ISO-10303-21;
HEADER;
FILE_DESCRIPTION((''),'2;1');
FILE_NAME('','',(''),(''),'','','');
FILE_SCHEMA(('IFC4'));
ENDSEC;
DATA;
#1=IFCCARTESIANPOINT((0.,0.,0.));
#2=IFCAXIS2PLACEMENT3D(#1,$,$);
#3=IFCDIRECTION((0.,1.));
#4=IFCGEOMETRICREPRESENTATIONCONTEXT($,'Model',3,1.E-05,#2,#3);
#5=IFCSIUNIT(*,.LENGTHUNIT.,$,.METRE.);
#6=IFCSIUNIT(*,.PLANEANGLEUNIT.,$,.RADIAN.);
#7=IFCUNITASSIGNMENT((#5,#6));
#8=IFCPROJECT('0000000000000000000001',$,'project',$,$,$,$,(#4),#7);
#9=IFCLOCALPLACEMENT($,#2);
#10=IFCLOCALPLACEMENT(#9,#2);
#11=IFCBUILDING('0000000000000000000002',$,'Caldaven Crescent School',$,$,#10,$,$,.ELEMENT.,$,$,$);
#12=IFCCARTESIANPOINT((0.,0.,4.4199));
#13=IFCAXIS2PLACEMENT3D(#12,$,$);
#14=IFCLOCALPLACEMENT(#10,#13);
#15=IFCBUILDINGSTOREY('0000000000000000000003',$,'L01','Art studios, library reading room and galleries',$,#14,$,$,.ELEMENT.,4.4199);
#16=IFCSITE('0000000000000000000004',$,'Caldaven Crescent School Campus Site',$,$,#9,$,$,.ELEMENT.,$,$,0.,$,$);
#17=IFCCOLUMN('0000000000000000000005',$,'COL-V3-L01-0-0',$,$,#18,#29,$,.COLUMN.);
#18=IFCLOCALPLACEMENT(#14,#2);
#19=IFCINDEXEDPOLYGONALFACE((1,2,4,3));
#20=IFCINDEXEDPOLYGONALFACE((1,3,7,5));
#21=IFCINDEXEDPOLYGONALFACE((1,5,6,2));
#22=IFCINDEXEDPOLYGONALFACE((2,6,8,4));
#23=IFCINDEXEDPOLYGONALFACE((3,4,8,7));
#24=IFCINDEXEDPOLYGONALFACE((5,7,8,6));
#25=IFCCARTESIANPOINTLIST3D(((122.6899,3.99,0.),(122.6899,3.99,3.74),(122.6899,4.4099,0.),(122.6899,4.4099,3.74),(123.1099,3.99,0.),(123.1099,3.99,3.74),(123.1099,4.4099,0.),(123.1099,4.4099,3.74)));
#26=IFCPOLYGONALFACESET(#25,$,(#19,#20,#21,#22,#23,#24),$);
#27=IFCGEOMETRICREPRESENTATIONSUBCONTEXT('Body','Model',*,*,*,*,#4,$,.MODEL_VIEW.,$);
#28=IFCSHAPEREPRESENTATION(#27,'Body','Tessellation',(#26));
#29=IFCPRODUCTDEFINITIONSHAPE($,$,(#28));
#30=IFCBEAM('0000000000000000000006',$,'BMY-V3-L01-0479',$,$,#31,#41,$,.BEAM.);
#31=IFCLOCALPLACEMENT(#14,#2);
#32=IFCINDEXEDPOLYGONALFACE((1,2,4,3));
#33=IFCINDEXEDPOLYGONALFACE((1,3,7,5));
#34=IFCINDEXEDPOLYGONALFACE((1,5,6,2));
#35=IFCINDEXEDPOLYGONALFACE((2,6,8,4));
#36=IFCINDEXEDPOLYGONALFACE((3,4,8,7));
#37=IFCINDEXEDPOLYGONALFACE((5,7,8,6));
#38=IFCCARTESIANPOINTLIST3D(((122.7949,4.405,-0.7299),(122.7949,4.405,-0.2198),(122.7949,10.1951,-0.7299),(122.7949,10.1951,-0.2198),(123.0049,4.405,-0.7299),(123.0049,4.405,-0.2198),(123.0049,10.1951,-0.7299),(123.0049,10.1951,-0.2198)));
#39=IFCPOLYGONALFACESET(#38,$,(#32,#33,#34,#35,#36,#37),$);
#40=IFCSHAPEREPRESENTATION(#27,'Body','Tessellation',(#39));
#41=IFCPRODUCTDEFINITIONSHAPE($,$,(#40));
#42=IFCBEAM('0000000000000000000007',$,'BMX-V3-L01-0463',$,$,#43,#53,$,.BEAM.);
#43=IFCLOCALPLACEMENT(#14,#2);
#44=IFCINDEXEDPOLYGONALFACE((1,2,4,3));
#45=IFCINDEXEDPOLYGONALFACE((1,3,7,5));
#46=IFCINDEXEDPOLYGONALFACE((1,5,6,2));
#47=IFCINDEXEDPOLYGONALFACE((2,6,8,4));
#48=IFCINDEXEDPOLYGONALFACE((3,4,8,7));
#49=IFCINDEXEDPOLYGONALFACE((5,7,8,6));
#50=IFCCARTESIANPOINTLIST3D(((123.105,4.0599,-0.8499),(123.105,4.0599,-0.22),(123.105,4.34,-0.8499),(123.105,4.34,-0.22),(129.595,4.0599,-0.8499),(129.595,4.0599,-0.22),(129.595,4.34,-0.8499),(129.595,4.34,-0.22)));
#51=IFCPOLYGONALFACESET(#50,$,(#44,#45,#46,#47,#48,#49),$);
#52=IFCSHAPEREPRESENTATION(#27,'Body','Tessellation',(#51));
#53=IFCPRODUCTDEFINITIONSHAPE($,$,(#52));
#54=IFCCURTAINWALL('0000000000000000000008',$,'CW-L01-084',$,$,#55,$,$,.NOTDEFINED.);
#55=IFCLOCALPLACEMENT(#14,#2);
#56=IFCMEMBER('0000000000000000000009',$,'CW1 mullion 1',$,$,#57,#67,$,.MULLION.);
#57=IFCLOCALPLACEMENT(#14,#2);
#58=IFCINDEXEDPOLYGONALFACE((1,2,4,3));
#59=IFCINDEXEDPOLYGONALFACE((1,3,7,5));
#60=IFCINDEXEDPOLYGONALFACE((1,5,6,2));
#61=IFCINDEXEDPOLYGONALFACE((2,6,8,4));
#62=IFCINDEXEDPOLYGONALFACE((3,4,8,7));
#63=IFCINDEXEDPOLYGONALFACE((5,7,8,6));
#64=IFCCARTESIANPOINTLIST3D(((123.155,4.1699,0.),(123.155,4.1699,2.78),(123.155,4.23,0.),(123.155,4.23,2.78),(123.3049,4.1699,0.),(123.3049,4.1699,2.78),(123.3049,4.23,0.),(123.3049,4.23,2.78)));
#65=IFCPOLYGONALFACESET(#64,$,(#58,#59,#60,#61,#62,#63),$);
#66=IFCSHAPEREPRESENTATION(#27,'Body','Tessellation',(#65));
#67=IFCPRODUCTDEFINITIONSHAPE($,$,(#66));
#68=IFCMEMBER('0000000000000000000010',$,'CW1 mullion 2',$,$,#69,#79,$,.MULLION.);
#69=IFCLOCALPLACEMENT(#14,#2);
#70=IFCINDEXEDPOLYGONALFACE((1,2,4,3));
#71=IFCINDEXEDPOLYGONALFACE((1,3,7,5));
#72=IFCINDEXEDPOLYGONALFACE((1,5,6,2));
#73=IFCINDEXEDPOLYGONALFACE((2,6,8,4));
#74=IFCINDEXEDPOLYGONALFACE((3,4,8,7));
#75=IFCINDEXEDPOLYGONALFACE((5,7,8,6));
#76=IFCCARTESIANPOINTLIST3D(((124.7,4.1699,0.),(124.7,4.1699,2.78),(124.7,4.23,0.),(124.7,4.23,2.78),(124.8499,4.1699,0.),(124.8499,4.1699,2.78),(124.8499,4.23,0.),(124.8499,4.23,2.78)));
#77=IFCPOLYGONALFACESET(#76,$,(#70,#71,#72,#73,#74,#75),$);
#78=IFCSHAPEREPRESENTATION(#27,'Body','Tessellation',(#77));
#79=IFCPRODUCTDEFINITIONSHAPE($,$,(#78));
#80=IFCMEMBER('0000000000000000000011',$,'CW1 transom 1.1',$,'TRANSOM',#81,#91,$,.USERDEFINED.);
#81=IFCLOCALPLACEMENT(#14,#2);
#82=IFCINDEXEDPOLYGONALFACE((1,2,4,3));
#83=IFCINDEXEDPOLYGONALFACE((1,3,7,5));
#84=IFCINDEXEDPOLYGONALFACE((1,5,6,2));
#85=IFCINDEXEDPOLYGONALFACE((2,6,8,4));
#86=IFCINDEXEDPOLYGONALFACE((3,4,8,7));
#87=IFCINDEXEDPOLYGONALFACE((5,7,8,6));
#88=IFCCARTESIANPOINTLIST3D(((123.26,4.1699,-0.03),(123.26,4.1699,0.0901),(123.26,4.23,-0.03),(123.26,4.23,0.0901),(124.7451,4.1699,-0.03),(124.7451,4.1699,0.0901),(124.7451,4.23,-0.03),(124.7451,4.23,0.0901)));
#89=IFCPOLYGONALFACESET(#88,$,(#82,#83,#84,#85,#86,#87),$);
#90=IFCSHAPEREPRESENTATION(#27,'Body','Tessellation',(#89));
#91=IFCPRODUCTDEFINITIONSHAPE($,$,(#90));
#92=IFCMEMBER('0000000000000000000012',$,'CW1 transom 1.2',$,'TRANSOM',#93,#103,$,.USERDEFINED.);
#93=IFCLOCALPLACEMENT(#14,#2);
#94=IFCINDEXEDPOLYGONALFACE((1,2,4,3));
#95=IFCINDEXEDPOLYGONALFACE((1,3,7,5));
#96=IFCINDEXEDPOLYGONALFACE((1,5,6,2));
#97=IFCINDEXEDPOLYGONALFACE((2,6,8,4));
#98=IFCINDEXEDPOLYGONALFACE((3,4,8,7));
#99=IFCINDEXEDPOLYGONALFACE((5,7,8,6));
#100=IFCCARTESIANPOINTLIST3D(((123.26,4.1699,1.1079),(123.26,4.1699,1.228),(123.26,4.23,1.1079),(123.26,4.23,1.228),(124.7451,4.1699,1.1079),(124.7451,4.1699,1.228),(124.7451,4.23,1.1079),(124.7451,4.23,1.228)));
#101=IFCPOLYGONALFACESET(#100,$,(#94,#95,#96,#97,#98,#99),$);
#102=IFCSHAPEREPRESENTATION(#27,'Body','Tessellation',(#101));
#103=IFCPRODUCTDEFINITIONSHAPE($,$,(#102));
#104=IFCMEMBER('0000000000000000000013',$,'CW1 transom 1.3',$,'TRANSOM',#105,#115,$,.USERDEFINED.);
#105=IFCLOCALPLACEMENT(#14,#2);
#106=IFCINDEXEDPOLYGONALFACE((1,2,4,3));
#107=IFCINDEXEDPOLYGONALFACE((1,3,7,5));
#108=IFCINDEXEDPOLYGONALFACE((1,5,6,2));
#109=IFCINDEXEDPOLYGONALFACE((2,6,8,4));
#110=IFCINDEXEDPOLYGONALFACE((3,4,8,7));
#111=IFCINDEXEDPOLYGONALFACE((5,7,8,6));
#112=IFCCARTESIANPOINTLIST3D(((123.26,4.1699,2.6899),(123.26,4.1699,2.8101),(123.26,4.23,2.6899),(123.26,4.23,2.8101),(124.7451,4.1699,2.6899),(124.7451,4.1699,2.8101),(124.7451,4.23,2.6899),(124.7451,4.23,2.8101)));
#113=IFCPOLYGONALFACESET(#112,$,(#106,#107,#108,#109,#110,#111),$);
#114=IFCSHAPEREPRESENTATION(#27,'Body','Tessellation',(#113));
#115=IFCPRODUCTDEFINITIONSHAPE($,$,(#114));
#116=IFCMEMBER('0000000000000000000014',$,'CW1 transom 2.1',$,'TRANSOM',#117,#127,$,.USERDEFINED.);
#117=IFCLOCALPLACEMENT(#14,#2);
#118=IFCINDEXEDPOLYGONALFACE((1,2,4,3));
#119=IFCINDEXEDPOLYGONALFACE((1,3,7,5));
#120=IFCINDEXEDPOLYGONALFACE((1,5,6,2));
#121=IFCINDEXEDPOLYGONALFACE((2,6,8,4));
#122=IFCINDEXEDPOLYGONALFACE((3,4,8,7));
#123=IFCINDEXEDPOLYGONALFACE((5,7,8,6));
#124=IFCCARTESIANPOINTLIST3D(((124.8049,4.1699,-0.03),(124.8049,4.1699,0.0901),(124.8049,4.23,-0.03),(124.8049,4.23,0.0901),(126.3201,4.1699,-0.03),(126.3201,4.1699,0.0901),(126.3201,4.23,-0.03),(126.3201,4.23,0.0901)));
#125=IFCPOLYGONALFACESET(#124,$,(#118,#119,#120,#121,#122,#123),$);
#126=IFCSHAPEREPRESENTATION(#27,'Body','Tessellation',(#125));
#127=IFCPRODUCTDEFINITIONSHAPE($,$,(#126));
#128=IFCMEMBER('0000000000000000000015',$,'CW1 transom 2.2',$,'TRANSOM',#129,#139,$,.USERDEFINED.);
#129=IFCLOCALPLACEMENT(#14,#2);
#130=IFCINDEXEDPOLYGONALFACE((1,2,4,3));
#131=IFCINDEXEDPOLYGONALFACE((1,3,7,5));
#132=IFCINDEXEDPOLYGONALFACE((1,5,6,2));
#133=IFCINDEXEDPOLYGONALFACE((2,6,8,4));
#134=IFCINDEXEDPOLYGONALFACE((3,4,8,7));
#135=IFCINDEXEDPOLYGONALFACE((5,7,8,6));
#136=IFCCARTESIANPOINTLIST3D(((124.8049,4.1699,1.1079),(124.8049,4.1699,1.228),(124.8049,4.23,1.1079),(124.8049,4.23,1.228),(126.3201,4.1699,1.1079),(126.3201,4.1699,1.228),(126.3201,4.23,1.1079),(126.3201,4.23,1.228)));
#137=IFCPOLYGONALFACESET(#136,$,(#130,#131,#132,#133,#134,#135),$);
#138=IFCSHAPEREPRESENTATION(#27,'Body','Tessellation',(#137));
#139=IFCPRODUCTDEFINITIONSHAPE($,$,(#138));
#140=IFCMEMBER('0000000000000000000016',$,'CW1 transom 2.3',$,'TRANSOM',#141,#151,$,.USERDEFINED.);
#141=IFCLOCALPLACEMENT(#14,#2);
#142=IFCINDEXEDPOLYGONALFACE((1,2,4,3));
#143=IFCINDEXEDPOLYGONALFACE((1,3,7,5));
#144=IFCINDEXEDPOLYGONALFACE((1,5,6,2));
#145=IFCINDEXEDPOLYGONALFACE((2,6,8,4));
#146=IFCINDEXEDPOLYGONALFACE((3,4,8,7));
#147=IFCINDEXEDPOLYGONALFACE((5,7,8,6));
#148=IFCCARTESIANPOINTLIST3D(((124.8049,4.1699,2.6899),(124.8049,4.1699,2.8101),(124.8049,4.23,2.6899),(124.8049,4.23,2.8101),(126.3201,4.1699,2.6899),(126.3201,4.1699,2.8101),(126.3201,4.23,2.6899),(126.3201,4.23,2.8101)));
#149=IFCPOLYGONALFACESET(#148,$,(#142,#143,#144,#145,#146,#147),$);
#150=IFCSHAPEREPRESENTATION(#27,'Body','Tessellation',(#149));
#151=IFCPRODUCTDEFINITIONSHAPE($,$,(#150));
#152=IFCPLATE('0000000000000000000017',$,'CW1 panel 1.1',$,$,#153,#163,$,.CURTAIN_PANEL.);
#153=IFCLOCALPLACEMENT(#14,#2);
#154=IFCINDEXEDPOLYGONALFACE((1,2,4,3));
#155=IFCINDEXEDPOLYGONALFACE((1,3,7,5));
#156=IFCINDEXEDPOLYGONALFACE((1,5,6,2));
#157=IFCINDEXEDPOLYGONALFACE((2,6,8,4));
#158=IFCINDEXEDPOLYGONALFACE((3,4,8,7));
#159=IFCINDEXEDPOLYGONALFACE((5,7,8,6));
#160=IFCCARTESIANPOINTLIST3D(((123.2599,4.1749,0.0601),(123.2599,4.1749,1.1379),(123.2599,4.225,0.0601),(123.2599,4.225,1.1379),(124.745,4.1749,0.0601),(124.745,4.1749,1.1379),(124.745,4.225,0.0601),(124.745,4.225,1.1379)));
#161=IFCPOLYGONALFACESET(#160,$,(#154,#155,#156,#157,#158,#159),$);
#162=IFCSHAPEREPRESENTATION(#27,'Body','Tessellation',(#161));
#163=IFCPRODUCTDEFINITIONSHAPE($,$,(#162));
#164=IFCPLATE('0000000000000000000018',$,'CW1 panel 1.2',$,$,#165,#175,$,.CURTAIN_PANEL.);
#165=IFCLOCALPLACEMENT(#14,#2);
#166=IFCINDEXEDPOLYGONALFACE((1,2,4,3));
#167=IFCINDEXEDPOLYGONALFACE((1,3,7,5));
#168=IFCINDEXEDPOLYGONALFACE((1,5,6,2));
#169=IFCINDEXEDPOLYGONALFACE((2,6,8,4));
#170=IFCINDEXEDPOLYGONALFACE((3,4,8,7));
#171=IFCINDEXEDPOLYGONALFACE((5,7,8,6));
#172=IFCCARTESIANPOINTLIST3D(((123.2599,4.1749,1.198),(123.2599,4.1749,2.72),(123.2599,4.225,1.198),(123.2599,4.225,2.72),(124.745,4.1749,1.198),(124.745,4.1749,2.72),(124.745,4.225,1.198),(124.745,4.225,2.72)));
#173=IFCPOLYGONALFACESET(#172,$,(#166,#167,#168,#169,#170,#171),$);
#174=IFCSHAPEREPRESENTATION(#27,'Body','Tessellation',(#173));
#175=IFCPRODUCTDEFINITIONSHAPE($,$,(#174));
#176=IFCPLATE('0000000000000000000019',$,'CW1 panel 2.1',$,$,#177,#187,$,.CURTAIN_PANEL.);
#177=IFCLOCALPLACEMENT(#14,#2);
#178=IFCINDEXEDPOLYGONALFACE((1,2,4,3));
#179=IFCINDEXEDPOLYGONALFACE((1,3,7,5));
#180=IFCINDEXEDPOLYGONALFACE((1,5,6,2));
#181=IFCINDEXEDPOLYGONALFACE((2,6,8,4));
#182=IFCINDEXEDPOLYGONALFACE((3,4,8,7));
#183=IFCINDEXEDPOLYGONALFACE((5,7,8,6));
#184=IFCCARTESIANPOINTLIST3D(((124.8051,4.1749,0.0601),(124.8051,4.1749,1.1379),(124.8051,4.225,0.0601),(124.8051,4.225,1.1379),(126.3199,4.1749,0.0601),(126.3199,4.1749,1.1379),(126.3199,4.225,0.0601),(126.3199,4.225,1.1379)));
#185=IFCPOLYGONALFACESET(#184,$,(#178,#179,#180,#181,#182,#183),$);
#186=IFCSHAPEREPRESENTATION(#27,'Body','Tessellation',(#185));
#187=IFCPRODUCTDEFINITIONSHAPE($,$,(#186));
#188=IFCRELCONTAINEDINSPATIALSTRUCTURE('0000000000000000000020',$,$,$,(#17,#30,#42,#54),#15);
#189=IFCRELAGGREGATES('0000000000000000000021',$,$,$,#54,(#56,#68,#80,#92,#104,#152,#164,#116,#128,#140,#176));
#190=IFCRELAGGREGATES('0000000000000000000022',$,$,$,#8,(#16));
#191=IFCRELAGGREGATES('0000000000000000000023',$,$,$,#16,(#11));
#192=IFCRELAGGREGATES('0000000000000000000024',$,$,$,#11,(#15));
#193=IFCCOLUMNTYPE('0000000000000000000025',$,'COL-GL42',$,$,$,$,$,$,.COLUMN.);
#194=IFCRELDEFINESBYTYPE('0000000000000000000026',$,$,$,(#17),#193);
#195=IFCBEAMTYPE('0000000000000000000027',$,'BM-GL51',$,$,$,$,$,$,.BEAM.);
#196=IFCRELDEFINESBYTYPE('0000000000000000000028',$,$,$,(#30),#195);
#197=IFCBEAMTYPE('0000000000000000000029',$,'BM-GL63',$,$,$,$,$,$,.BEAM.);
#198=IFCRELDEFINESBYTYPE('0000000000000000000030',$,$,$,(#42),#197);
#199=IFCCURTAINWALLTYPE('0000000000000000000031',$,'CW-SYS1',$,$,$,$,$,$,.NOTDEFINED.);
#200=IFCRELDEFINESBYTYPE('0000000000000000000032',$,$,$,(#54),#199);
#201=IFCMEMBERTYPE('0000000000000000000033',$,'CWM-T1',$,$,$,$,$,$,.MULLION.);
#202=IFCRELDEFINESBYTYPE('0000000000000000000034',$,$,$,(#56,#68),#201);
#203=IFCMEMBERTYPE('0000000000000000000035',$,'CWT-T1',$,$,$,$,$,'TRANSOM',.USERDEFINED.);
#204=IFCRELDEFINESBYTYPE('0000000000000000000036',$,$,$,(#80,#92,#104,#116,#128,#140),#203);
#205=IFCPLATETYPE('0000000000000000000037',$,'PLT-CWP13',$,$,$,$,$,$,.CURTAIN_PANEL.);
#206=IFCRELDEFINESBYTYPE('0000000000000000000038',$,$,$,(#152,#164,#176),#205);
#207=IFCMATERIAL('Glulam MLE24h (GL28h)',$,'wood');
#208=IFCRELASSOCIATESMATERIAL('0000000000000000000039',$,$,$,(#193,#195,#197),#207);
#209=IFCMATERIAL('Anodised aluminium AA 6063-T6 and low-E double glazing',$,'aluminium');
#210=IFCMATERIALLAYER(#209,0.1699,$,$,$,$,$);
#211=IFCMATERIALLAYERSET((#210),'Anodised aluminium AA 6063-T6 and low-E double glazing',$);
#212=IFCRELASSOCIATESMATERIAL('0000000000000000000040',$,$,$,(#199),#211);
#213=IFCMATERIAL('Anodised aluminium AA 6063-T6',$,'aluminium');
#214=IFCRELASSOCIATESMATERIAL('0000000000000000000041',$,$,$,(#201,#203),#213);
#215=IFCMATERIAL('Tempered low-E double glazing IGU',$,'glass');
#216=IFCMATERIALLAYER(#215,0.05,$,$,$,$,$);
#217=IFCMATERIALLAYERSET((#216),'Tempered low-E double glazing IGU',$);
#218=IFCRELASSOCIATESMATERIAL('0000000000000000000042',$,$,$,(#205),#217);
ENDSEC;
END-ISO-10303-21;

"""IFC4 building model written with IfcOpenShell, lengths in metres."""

from ifc_helpers import new_model, si_unit, direction, frame, origin, origin_2d, place, context, subcontext, project, spatial, rectangle, extrude, material, layer, layer_set, material_profile, profile_set, type_object, element, aggregate, save


model = new_model("IFC4")

# Units and contexts
model_context = context("Model", 3, precision=1e-05, world=origin(), true_north=direction((0.0, 1.0)))
body_context = subcontext(model_context, "Body", "Model", "MODEL_VIEW")
ifc_project = project(units=[si_unit("LENGTHUNIT", "METRE"), si_unit("PLANEANGLEUNIT", "RADIAN")], contexts=[model_context])

# Site, building, storey
site_placement = place(None, origin())
site = spatial("IfcSite", under=ifc_project, at=site_placement, Name="Caldaven Crescent School Campus Site", CompositionType="ELEMENT", RefElevation=0.0)
building_placement = place(site_placement, origin())
building = spatial("IfcBuilding", under=site, at=building_placement, Name="Caldaven Crescent School", CompositionType="ELEMENT")
storey_placement = place(building_placement, frame((0.0, 0.0, 4.4199)))
storey = spatial("IfcBuildingStorey", under=building, at=storey_placement, Name="L01", Description="Art studios, library reading room and galleries", CompositionType="ELEMENT", Elevation=4.4199)

# Column
ifc_material_1 = material(Name="Glulam MLE24h (GL28h)", Category="wood")
ifc_material_profile_1 = material_profile(ifc_material_1, rectangle(XDim=0.4199, YDim=0.4199, at=origin_2d()), Name="MLE 420x420")
ifc_profile_set_1 = profile_set([ifc_material_profile_1], Name="Glulam MLE24h (GL28h)")
column_type = type_object("IfcColumnType", Name="COL-GL42", PredefinedType="COLUMN", material=ifc_profile_set_1)
column_placement = place(storey_placement, frame((122.8999, 4.2, 0.0), z_axis=(0.0, 0.0, 1.0), x_axis=(1.0, 0.0, 0.0)))
element("IfcColumn", 1, at=column_placement, inside=storey, type_object=column_type, Name="COL-V3-L01-0-0", PredefinedType="COLUMN", context=body_context, shape_type="SweptSolid", body=[
    extrude(rectangle(XDim=0.4199, YDim=0.4199, at=origin_2d()), origin(), (0.0, 0.0, 1.0), 3.74),
])

# Beams
ifc_material_profile_2 = material_profile(ifc_material_1, rectangle(XDim=0.21, YDim=0.51, at=origin_2d()), Name="MLE 210x510")
ifc_profile_set_2 = profile_set([ifc_material_profile_2], Name="Glulam MLE24h (GL28h)")
beam_type_1 = type_object("IfcBeamType", Name="BM-GL51", PredefinedType="BEAM", material=ifc_profile_set_2)
beam_1_placement = place(storey_placement, frame((122.8999, 4.405, -0.4749), z_axis=(0.0, 1.0, 0.0), x_axis=(-1.0, 0.0, 0.0)))
element("IfcBeam", 2, at=beam_1_placement, inside=storey, type_object=beam_type_1, Name="BMY-V3-L01-0479", PredefinedType="BEAM", context=body_context, shape_type="SweptSolid", body=[
    extrude(rectangle(XDim=0.21, YDim=0.51, at=origin_2d()), origin(), (0.0, 0.0, 1.0), 5.79),
])
ifc_material_profile_3 = material_profile(ifc_material_1, rectangle(XDim=0.28, YDim=0.6299, at=origin_2d()), Name="MLE 280x630")
ifc_profile_set_3 = profile_set([ifc_material_profile_3], Name="Glulam MLE24h (GL28h)")
beam_type_2 = type_object("IfcBeamType", Name="BM-GL63", PredefinedType="BEAM", material=ifc_profile_set_3)
beam_2_placement = place(storey_placement, frame((123.105, 4.2, -0.5349), z_axis=(1.0, 0.0, 0.0), x_axis=(0.0, 1.0, 0.0)))
element("IfcBeam", 3, at=beam_2_placement, inside=storey, type_object=beam_type_2, Name="BMX-V3-L01-0463", PredefinedType="BEAM", context=body_context, shape_type="SweptSolid", body=[
    extrude(rectangle(XDim=0.28, YDim=0.6299, at=origin_2d()), origin(), (0.0, 0.0, 1.0), 6.49),
])

# Curtain wall, members, plates
ifc_material_2 = material(Name="Anodised aluminium AA 6063-T6 and low-E double glazing", Category="aluminium")
ifc_layer_1 = layer(ifc_material_2, 0.1699)
ifc_layer_set_1 = layer_set([ifc_layer_1], Name="Anodised aluminium AA 6063-T6 and low-E double glazing")
curtain_wall_type = type_object("IfcCurtainWallType", Name="CW-SYS1", PredefinedType="NOTDEFINED", material=ifc_layer_set_1)
curtain_wall_placement = place(storey_placement, origin())
curtain_wall = element("IfcCurtainWall", 4, at=curtain_wall_placement, inside=storey, type_object=curtain_wall_type, Name="CW-L01-084", PredefinedType="NOTDEFINED")
ifc_material_3 = material(Name="Anodised aluminium AA 6063-T6", Category="aluminium")
ifc_material_profile_4 = material_profile(ifc_material_3, rectangle(XDim=0.0601, YDim=0.1499, at=origin_2d()), Name="CWM 60x150")
ifc_profile_set_4 = profile_set([ifc_material_profile_4], Name="Anodised aluminium AA 6063-T6")
member_type_1 = type_object("IfcMemberType", Name="CWM-T1", PredefinedType="MULLION", material=ifc_profile_set_4)
member_1_placement = place(storey_placement, frame((123.23, 4.2, 0.0), z_axis=(0.0, 0.0, 1.0), x_axis=(0.0, 1.0, 0.0)))
member_1 = element("IfcMember", 5, at=member_1_placement, type_object=member_type_1, Name="CW1 mullion 1", PredefinedType="MULLION", context=body_context, shape_type="SweptSolid", body=[
    extrude(rectangle(XDim=0.0601, YDim=0.1499, at=origin_2d()), origin(), (0.0, 0.0, 1.0), 2.78),
])
member_2_placement = place(storey_placement, frame((124.7749, 4.2, 0.0), z_axis=(0.0, 0.0, 1.0), x_axis=(0.0, 1.0, 0.0)))
member_2 = element("IfcMember", 6, at=member_2_placement, type_object=member_type_1, Name="CW1 mullion 2", PredefinedType="MULLION", context=body_context, shape_type="SweptSolid", body=[
    extrude(rectangle(XDim=0.0601, YDim=0.1499, at=origin_2d()), origin(), (0.0, 0.0, 1.0), 2.78),
])
ifc_material_profile_5 = material_profile(ifc_material_3, rectangle(XDim=0.0601, YDim=0.1201, at=origin_2d()), Name="CWT 60x120")
ifc_profile_set_5 = profile_set([ifc_material_profile_5], Name="Anodised aluminium AA 6063-T6")
member_type_2 = type_object("IfcMemberType", Name="CWT-T1", ElementType="TRANSOM", PredefinedType="USERDEFINED", material=ifc_profile_set_5)
member_3_placement = place(storey_placement, frame((123.26, 4.2, 0.03), z_axis=(1.0, 0.0, 0.0), x_axis=(0.0, 1.0, 0.0)))
member_3 = element("IfcMember", 7, at=member_3_placement, type_object=member_type_2, Name="CW1 transom 1.1", ObjectType="TRANSOM", PredefinedType="USERDEFINED", context=body_context, shape_type="SweptSolid", body=[
    extrude(rectangle(XDim=0.0601, YDim=0.1201, at=origin_2d()), origin(), (0.0, 0.0, 1.0), 1.4851),
])
member_4_placement = place(storey_placement, frame((123.26, 4.2, 1.168), z_axis=(1.0, 0.0, 0.0), x_axis=(0.0, 1.0, 0.0)))
member_4 = element("IfcMember", 8, at=member_4_placement, type_object=member_type_2, Name="CW1 transom 1.2", ObjectType="TRANSOM", PredefinedType="USERDEFINED", context=body_context, shape_type="SweptSolid", body=[
    extrude(rectangle(XDim=0.0601, YDim=0.1201, at=origin_2d()), origin(), (0.0, 0.0, 1.0), 1.4851),
])
member_5_placement = place(storey_placement, frame((123.26, 4.2, 2.75), z_axis=(1.0, 0.0, 0.0), x_axis=(0.0, 1.0, 0.0)))
member_5 = element("IfcMember", 9, at=member_5_placement, type_object=member_type_2, Name="CW1 transom 1.3", ObjectType="TRANSOM", PredefinedType="USERDEFINED", context=body_context, shape_type="SweptSolid", body=[
    extrude(rectangle(XDim=0.0601, YDim=0.1201, at=origin_2d()), origin(), (0.0, 0.0, 1.0), 1.4851),
])
member_6_placement = place(storey_placement, frame((124.8049, 4.2, 0.03), z_axis=(1.0, 0.0, 0.0), x_axis=(0.0, 1.0, 0.0)))
member_6 = element("IfcMember", 10, at=member_6_placement, type_object=member_type_2, Name="CW1 transom 2.1", ObjectType="TRANSOM", PredefinedType="USERDEFINED", context=body_context, shape_type="SweptSolid", body=[
    extrude(rectangle(XDim=0.0601, YDim=0.1201, at=origin_2d()), origin(), (0.0, 0.0, 1.0), 1.5151),
])
member_7_placement = place(storey_placement, frame((124.8049, 4.2, 1.168), z_axis=(1.0, 0.0, 0.0), x_axis=(0.0, 1.0, 0.0)))
member_7 = element("IfcMember", 11, at=member_7_placement, type_object=member_type_2, Name="CW1 transom 2.2", ObjectType="TRANSOM", PredefinedType="USERDEFINED", context=body_context, shape_type="SweptSolid", body=[
    extrude(rectangle(XDim=0.0601, YDim=0.1201, at=origin_2d()), origin(), (0.0, 0.0, 1.0), 1.5151),
])
member_8_placement = place(storey_placement, frame((124.8049, 4.2, 2.75), z_axis=(1.0, 0.0, 0.0), x_axis=(0.0, 1.0, 0.0)))
member_8 = element("IfcMember", 12, at=member_8_placement, type_object=member_type_2, Name="CW1 transom 2.3", ObjectType="TRANSOM", PredefinedType="USERDEFINED", context=body_context, shape_type="SweptSolid", body=[
    extrude(rectangle(XDim=0.0601, YDim=0.1201, at=origin_2d()), origin(), (0.0, 0.0, 1.0), 1.5151),
])
ifc_material_4 = material(Name="Tempered low-E double glazing IGU", Category="glass")
ifc_layer_2 = layer(ifc_material_4, 0.05)
ifc_layer_set_2 = layer_set([ifc_layer_2], Name="Tempered low-E double glazing IGU")
plate_type = type_object("IfcPlateType", Name="PLT-CWP13", PredefinedType="CURTAIN_PANEL", material=ifc_layer_set_2)
plate_1_placement = place(storey_placement, frame((124.0024, 4.2, 0.0601), z_axis=(0.0, 0.0, 1.0), x_axis=(1.0, 0.0, 0.0)))
plate_1 = element("IfcPlate", 13, at=plate_1_placement, type_object=plate_type, Name="CW1 panel 1.1", PredefinedType="CURTAIN_PANEL", context=body_context, shape_type="SweptSolid", body=[
    extrude(rectangle(XDim=1.4851, YDim=0.05, at=origin_2d()), origin(), (0.0, 0.0, 1.0), 1.0779),
])
plate_2_placement = place(storey_placement, frame((124.0024, 4.2, 1.198), z_axis=(0.0, 0.0, 1.0), x_axis=(1.0, 0.0, 0.0)))
plate_2 = element("IfcPlate", 14, at=plate_2_placement, type_object=plate_type, Name="CW1 panel 1.2", PredefinedType="CURTAIN_PANEL", context=body_context, shape_type="SweptSolid", body=[
    extrude(rectangle(XDim=1.4851, YDim=0.05, at=origin_2d()), origin(), (0.0, 0.0, 1.0), 1.522),
])
plate_3_placement = place(storey_placement, frame((125.5625, 4.2, 0.0601), z_axis=(0.0, 0.0, 1.0), x_axis=(1.0, 0.0, 0.0)))
plate_3 = element("IfcPlate", 15, at=plate_3_placement, type_object=plate_type, Name="CW1 panel 2.1", PredefinedType="CURTAIN_PANEL", context=body_context, shape_type="SweptSolid", body=[
    extrude(rectangle(XDim=1.5149, YDim=0.05, at=origin_2d()), origin(), (0.0, 0.0, 1.0), 1.0779),
])
aggregate(curtain_wall, [member_1, member_2, member_3, member_4, member_5, plate_1, plate_2, member_6, member_7, member_8, plate_3])

save(model, "model.ifc")
